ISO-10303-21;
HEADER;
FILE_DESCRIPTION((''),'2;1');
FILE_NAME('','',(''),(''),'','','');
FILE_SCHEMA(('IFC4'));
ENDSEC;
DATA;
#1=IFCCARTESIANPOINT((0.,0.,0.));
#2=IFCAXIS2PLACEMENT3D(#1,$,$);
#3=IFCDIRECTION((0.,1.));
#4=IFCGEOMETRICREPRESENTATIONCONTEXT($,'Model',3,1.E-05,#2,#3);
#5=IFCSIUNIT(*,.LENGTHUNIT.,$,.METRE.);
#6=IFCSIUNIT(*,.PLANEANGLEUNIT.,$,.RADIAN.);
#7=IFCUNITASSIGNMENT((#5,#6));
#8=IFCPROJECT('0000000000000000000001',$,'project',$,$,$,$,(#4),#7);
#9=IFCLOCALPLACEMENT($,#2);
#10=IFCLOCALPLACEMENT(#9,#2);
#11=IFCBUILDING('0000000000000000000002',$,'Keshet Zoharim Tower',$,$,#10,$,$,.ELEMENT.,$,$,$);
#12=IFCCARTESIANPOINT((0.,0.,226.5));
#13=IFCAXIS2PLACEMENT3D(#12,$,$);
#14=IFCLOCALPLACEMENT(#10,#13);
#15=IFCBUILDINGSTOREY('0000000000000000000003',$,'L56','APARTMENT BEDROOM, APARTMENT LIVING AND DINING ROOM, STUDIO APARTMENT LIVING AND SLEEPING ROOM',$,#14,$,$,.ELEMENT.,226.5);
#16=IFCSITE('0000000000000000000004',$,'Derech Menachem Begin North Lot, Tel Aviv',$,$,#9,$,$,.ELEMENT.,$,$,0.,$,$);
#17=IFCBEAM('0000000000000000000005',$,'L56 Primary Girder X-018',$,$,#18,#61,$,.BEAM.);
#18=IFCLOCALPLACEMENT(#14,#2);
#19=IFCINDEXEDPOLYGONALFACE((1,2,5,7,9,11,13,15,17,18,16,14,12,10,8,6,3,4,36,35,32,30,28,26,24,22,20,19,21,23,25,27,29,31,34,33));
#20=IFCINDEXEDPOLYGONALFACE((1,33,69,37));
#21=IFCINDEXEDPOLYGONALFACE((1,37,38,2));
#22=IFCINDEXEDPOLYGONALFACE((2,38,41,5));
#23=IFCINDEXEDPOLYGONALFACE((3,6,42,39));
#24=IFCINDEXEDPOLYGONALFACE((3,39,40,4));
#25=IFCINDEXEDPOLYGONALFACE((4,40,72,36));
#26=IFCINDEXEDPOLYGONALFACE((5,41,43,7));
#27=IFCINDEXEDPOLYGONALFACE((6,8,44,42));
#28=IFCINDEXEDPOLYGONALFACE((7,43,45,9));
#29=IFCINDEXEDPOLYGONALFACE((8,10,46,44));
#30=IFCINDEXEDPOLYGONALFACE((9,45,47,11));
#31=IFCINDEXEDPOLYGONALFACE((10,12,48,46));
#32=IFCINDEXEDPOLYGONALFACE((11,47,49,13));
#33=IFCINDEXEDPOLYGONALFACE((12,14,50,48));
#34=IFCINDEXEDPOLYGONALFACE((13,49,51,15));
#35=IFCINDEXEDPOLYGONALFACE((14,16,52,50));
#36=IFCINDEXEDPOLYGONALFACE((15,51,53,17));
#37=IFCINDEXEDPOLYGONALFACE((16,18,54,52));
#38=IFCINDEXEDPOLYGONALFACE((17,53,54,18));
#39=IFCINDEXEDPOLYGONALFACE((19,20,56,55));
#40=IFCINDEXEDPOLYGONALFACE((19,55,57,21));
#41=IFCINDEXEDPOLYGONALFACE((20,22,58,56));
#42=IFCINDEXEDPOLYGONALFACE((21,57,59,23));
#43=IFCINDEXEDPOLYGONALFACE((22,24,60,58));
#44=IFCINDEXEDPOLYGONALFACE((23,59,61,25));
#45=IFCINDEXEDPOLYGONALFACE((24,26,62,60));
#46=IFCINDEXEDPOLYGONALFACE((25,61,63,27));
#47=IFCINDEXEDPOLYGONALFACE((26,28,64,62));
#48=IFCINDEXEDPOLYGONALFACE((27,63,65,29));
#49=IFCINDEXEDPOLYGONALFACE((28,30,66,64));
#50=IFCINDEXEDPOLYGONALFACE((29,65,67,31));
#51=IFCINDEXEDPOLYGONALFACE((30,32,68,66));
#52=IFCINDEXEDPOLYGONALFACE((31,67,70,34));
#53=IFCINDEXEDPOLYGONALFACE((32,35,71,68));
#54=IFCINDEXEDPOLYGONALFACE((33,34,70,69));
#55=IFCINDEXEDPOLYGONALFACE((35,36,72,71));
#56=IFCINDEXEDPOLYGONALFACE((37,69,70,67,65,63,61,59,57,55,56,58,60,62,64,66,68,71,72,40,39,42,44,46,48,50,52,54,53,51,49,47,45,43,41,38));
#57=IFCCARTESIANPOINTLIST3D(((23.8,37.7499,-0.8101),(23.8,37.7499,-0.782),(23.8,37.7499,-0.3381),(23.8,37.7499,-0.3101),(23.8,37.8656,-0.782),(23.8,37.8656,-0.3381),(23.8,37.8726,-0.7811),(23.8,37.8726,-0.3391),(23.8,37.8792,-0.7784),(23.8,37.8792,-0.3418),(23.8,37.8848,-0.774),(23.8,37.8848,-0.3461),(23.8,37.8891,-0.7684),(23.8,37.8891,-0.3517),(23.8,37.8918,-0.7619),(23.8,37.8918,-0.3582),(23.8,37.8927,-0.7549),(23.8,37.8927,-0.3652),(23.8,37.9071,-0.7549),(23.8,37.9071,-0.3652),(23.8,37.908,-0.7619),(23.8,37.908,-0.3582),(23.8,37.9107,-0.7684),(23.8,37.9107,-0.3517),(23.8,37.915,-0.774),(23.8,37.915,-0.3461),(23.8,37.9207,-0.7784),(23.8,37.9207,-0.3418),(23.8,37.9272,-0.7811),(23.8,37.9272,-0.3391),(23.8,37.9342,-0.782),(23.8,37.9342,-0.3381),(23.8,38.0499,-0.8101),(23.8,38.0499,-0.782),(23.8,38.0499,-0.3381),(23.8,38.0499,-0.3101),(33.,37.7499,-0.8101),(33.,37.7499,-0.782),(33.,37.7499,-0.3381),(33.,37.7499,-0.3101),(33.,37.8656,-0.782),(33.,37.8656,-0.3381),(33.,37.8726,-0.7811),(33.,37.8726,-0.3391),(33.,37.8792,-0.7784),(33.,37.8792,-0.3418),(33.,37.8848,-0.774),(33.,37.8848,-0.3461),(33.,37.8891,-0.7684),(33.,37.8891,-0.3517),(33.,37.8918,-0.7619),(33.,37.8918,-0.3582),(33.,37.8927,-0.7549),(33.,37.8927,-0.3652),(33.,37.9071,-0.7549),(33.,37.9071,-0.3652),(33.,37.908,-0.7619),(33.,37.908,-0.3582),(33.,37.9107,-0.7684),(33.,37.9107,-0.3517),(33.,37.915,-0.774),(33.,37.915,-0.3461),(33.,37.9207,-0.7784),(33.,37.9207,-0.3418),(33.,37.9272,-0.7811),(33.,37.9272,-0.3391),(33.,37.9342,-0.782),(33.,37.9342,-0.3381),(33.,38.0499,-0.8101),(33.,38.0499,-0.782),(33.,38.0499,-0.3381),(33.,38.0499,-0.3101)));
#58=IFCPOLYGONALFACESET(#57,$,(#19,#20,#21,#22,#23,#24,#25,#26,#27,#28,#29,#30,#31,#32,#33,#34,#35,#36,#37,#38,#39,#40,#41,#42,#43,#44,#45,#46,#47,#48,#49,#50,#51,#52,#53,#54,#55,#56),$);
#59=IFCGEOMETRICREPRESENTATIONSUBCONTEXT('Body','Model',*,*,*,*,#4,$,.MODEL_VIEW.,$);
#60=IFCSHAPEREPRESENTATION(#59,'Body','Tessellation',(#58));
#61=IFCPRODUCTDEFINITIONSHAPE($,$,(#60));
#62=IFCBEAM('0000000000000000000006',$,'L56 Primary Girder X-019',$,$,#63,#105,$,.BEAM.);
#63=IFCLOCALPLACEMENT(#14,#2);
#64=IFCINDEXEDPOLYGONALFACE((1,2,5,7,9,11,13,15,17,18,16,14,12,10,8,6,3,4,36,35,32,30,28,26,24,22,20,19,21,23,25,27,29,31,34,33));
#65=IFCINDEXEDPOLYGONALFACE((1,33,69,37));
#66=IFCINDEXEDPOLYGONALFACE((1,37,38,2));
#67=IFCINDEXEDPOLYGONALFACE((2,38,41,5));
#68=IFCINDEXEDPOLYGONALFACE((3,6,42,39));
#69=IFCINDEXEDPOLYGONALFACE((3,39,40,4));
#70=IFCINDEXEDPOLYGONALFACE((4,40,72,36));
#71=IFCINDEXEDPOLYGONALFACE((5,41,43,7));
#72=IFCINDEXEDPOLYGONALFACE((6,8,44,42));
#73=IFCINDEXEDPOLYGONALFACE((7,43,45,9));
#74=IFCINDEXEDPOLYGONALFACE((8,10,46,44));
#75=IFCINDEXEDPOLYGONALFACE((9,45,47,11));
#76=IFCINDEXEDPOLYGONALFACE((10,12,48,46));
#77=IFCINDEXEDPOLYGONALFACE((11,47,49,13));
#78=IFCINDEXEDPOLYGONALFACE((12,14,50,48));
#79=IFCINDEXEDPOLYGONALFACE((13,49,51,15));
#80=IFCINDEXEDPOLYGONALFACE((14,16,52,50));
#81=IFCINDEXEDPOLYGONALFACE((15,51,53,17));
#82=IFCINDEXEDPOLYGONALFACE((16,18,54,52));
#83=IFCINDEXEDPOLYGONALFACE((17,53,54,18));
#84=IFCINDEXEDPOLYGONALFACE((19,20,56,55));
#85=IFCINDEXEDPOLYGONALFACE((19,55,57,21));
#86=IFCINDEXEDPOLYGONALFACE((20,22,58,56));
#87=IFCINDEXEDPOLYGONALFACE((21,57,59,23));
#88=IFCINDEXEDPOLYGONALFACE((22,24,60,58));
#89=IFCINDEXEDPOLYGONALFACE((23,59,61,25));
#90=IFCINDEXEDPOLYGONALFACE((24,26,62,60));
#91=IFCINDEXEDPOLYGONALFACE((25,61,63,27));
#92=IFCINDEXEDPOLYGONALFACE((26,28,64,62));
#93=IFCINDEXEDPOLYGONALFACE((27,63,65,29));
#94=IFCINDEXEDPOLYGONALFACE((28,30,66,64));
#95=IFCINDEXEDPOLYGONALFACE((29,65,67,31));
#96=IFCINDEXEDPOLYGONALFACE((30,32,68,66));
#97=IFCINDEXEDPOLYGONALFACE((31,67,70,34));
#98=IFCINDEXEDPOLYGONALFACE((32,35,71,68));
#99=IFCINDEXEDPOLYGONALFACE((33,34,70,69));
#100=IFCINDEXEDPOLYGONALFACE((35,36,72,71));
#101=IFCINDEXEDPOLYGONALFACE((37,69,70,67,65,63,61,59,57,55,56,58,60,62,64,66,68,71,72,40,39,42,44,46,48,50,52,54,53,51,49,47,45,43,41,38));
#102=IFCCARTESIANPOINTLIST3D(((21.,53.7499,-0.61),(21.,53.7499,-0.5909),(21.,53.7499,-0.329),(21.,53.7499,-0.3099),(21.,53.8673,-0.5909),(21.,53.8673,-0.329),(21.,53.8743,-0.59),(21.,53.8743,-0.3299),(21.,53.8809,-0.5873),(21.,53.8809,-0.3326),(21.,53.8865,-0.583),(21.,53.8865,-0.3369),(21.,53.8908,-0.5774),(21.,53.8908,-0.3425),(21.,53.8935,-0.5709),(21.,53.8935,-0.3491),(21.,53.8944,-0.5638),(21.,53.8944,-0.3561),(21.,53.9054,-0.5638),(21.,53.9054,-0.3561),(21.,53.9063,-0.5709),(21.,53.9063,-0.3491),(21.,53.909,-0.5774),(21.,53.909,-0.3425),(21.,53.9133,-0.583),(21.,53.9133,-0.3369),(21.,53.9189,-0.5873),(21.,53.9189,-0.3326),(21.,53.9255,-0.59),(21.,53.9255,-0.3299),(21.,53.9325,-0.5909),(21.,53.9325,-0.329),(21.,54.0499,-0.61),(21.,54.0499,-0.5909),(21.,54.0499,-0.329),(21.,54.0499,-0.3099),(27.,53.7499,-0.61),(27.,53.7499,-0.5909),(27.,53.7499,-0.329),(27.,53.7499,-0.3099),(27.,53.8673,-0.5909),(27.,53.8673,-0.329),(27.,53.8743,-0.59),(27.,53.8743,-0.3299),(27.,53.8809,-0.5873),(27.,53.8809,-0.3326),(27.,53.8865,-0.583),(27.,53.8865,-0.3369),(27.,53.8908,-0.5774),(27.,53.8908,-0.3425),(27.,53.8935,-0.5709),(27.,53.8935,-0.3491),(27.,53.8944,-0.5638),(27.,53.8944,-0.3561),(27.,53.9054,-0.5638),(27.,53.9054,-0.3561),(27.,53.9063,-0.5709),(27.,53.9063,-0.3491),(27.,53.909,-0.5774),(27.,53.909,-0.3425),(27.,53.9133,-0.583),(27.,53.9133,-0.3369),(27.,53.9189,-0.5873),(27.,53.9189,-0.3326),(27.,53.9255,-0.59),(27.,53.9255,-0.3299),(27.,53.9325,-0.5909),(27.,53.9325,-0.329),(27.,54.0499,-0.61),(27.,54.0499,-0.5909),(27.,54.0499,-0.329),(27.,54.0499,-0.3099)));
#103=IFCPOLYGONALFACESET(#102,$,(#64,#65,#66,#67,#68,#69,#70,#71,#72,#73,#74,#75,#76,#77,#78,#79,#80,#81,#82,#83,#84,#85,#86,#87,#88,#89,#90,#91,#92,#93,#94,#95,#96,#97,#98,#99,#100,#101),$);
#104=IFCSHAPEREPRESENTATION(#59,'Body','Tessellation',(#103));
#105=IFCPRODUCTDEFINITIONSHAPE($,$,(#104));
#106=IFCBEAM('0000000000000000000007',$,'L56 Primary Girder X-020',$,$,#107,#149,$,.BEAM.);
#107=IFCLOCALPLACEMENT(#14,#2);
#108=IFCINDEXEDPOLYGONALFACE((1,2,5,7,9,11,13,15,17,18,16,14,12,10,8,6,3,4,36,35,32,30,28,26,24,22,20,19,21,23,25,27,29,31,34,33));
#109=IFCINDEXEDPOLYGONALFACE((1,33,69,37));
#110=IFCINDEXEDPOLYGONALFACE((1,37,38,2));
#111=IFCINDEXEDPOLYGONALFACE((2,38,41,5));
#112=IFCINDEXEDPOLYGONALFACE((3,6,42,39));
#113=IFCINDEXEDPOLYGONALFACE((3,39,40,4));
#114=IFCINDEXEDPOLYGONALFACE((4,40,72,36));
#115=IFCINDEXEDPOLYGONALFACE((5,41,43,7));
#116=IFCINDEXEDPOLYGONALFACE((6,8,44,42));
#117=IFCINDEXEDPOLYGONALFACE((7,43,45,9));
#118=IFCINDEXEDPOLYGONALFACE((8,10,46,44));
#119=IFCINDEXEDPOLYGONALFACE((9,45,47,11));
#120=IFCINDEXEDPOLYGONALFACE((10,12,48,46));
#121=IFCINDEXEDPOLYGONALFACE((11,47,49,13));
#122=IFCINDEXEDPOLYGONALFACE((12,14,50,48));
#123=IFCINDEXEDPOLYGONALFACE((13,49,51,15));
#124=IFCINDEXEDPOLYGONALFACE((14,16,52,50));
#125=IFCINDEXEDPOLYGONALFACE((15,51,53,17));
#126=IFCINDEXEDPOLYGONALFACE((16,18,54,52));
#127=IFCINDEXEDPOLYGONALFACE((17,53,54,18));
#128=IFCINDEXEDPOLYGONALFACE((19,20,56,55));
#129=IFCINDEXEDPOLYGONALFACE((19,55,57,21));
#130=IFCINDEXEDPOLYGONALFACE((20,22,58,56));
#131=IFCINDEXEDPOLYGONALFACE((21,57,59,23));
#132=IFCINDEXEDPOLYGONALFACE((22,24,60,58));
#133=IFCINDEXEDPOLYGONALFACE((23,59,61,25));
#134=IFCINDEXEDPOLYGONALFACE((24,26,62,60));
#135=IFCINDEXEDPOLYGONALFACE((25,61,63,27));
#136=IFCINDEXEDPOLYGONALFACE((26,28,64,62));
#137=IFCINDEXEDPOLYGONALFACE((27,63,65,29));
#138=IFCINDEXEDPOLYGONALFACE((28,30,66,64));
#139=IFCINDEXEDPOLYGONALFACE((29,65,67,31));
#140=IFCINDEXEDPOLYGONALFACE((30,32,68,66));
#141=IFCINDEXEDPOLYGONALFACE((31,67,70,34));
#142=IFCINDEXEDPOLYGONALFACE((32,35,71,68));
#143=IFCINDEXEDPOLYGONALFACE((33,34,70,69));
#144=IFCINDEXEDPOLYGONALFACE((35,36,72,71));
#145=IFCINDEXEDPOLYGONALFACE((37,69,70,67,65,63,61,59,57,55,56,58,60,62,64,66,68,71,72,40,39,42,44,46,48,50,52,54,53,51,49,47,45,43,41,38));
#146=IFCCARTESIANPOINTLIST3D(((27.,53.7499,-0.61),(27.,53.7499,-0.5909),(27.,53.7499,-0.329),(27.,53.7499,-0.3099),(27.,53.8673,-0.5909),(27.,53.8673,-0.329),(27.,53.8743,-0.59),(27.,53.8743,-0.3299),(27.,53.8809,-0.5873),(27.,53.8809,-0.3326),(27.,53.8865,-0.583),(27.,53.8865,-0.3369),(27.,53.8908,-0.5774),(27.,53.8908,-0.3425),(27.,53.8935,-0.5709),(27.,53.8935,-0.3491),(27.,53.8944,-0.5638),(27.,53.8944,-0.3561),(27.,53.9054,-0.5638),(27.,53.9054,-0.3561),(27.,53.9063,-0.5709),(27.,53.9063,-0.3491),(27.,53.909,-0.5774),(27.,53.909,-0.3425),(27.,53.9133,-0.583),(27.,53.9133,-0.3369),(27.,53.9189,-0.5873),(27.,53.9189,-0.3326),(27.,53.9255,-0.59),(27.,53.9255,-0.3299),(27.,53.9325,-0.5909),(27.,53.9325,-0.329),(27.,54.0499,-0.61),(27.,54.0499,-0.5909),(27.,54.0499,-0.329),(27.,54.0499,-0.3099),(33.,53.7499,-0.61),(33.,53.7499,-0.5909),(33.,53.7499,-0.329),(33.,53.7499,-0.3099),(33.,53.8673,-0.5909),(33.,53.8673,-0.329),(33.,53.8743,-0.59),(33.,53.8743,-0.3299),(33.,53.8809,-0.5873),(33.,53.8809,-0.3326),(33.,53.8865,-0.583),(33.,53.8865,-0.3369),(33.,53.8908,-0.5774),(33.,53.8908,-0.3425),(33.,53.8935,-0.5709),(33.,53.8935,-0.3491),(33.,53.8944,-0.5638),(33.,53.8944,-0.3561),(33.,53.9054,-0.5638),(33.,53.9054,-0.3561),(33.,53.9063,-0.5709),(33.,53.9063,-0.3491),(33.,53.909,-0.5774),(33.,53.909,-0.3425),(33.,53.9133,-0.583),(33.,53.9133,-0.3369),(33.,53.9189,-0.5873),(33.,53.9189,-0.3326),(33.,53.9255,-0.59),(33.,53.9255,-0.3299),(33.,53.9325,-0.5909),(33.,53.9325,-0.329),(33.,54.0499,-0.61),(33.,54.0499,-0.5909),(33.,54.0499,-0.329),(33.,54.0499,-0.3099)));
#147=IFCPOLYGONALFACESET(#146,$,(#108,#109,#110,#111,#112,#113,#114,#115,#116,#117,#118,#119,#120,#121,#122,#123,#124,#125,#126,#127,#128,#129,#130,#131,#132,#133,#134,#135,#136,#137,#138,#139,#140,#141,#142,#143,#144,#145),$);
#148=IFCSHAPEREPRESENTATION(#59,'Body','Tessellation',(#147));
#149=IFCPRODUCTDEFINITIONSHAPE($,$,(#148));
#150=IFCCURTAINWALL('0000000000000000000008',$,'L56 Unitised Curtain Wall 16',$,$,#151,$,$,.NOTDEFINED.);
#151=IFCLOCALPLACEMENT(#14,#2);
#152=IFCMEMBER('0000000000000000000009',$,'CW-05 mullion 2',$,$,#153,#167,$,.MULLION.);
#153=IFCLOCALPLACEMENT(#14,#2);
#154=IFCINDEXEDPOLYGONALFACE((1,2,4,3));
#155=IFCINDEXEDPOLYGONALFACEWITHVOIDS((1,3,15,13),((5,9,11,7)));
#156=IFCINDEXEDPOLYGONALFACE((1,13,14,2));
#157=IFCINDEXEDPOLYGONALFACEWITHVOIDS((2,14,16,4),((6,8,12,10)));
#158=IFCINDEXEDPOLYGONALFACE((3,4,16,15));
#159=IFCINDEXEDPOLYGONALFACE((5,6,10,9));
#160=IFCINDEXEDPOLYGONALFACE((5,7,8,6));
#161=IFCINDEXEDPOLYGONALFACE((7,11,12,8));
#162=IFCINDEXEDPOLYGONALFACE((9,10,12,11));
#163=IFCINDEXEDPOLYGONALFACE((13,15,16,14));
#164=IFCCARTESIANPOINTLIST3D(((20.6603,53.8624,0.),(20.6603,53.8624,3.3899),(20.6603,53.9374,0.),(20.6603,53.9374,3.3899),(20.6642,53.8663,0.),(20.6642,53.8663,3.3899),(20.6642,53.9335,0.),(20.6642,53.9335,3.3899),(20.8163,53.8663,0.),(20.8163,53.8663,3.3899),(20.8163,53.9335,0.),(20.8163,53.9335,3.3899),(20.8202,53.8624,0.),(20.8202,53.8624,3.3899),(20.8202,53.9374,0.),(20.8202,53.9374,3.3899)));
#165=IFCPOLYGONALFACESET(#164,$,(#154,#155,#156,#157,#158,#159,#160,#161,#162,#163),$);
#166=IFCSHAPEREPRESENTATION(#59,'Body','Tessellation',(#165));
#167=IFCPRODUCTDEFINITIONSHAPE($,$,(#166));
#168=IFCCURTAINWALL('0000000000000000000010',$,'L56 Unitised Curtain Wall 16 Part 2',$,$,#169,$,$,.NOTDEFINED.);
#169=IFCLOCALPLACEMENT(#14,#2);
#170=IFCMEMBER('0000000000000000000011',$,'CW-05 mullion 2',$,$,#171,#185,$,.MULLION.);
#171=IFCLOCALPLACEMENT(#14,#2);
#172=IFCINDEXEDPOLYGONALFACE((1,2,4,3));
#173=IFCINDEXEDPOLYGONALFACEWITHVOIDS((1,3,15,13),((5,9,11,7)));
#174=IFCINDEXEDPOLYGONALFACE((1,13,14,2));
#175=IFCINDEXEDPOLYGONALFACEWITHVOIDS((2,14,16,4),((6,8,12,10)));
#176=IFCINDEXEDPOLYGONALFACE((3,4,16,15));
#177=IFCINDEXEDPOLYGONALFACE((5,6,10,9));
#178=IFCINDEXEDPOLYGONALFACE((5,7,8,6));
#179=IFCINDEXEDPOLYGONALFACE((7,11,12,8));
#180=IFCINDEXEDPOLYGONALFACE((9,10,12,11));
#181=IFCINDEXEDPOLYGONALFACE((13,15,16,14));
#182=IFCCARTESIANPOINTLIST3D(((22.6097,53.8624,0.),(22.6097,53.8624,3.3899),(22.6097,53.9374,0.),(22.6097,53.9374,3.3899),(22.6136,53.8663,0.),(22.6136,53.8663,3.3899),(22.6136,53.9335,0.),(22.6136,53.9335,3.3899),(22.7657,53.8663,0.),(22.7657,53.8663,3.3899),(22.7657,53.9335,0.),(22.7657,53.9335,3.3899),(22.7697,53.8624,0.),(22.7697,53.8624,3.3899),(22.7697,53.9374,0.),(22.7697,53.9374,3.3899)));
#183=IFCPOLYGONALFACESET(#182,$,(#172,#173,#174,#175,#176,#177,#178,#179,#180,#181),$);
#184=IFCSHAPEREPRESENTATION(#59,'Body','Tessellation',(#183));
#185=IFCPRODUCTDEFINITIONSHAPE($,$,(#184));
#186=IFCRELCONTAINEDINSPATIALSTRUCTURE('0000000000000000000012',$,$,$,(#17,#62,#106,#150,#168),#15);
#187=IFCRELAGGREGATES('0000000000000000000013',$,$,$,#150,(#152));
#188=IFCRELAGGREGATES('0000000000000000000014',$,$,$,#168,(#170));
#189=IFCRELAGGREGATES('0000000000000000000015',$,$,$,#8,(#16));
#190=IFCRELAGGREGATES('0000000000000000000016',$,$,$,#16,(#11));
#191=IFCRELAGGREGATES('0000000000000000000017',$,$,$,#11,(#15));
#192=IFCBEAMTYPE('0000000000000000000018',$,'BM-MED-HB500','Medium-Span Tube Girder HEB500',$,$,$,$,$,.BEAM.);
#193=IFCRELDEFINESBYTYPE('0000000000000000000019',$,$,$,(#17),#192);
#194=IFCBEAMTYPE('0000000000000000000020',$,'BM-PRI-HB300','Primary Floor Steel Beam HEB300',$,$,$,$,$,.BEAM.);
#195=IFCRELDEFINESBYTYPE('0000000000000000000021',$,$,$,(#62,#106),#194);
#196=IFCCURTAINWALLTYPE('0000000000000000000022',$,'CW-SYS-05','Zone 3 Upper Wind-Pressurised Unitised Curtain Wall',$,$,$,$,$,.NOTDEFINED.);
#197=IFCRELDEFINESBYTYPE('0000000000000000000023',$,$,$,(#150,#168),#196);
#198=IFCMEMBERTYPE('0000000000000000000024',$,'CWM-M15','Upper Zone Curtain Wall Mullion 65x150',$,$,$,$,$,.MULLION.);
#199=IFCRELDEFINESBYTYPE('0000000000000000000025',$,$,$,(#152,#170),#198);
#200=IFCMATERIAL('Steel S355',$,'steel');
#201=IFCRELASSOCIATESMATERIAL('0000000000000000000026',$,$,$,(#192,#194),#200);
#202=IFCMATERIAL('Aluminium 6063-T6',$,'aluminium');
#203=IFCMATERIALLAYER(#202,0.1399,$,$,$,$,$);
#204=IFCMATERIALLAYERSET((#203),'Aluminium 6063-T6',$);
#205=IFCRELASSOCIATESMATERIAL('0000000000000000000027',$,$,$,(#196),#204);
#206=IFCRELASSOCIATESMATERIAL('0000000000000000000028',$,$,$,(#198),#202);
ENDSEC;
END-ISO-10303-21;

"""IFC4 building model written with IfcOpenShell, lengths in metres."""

from ifc_helpers import new_model, si_unit, direction, frame, origin, origin_2d, place, context, subcontext, project, spatial, hollow_rectangle, i_section, extrude, material, layer, layer_set, material_profile, profile_set, type_object, element, aggregate, save


model = new_model("IFC4")

# Units and contexts
model_context = context("Model", 3, precision=1e-05, world=origin(), true_north=direction((0.0, 1.0)))
body_context = subcontext(model_context, "Body", "Model", "MODEL_VIEW")
ifc_project = project(units=[si_unit("LENGTHUNIT", "METRE"), si_unit("PLANEANGLEUNIT", "RADIAN")], contexts=[model_context])

# Site, building, storey
site_placement = place(None, origin())
site = spatial("IfcSite", under=ifc_project, at=site_placement, Name="Derech Menachem Begin North Lot, Tel Aviv", CompositionType="ELEMENT", RefElevation=0.0)
building_placement = place(site_placement, origin())
building = spatial("IfcBuilding", under=site, at=building_placement, Name="Keshet Zoharim Tower", CompositionType="ELEMENT")
storey_placement = place(building_placement, frame((0.0, 0.0, 226.5)))
storey = spatial("IfcBuildingStorey", under=building, at=storey_placement, Name="L56", Description="APARTMENT BEDROOM, APARTMENT LIVING AND DINING ROOM, STUDIO APARTMENT LIVING AND SLEEPING ROOM", CompositionType="ELEMENT", Elevation=226.5)

# Shared definitions
ifc_material_1 = material(Name="Steel S355", Category="steel")

# Beams
ifc_material_profile_1 = material_profile(ifc_material_1, i_section(OverallWidth=0.3, OverallDepth=0.5, WebThickness=0.0144, FlangeThickness=0.0281, FilletRadius=0.0271, at=origin_2d()), Name="HEB500")
ifc_profile_set_1 = profile_set([ifc_material_profile_1], Name="Steel S355")
beam_type_1 = type_object("IfcBeamType", Name="BM-MED-HB500", Description="Medium-Span Tube Girder HEB500", PredefinedType="BEAM", material=ifc_profile_set_1)
beam_placement = place(storey_placement, frame((23.8, 37.8999, -0.5601), z_axis=(1.0, 0.0, 0.0), x_axis=(0.0, 1.0, 0.0)))
element("IfcBeam", 1, at=beam_placement, inside=storey, type_object=beam_type_1, Name="L56 Primary Girder X-018", PredefinedType="BEAM", context=body_context, shape_type="SweptSolid", body=[
    extrude(i_section(OverallWidth=0.3, OverallDepth=0.5, WebThickness=0.0144, FlangeThickness=0.0281, FilletRadius=0.0271, at=origin_2d()), origin(), (0.0, 0.0, 1.0), 9.2),
])
ifc_material_profile_2 = material_profile(ifc_material_1, i_section(OverallWidth=0.3, OverallDepth=0.3, WebThickness=0.011, FlangeThickness=0.019, FilletRadius=0.0271, at=origin_2d()), Name="HEB300")
ifc_profile_set_2 = profile_set([ifc_material_profile_2], Name="Steel S355")
beam_type_2 = type_object("IfcBeamType", Name="BM-PRI-HB300", Description="Primary Floor Steel Beam HEB300", PredefinedType="BEAM", material=ifc_profile_set_2)
for number, where, z_axis, x_axis, name in (
    (2, (21.0, 53.8999, -0.46), (1.0, 0.0, 0.0), (0.0, 1.0, 0.0), "L56 Primary Girder X-019"),
    (3, (27.0, 53.8999, -0.46), (1.0, 0.0, 0.0), (0.0, 1.0, 0.0), "L56 Primary Girder X-020"),
):
    element("IfcBeam", number, at=place(storey_placement, frame(where, z_axis=z_axis, x_axis=x_axis)), inside=storey, type_object=beam_type_2, Name=name, PredefinedType="BEAM", context=body_context, shape_type="SweptSolid", body=[
        extrude(i_section(OverallWidth=0.3, OverallDepth=0.3, WebThickness=0.011, FlangeThickness=0.019, FilletRadius=0.0271, at=origin_2d()), origin(), (0.0, 0.0, 1.0), 6.0),
    ])

# Curtain wall, member
ifc_material_2 = material(Name="Aluminium 6063-T6", Category="aluminium")
ifc_layer_1 = layer(ifc_material_2, 0.1399)
ifc_layer_set_1 = layer_set([ifc_layer_1], Name="Aluminium 6063-T6")
curtain_wall_type = type_object("IfcCurtainWallType", Name="CW-SYS-05", Description="Zone 3 Upper Wind-Pressurised Unitised Curtain Wall", PredefinedType="NOTDEFINED", material=ifc_layer_set_1)
curtain_wall_1_placement = place(storey_placement, origin())
curtain_wall_1 = element("IfcCurtainWall", 4, at=curtain_wall_1_placement, inside=storey, type_object=curtain_wall_type, Name="L56 Unitised Curtain Wall 16", PredefinedType="NOTDEFINED")
ifc_material_profile_3 = material_profile(ifc_material_2, hollow_rectangle(XDim=0.075, YDim=0.1599, WallThickness=0.0039, at=origin_2d()), Name="MUL-75x160")
ifc_profile_set_3 = profile_set([ifc_material_profile_3], Name="Aluminium 6063-T6")
member_type_1 = type_object("IfcMemberType", Name="CWM-M15", Description="Upper Zone Curtain Wall Mullion 65x150", PredefinedType="MULLION", material=ifc_profile_set_3)
member_1_placement = place(storey_placement, frame((20.7402, 53.8999, 0.0), z_axis=(0.0, 0.0, 1.0), x_axis=(0.0, 1.0, 0.0)))
member_1 = element("IfcMember", 5, at=member_1_placement, type_object=member_type_1, Name="CW-05 mullion 2", PredefinedType="MULLION", context=body_context, shape_type="SweptSolid", body=[
    extrude(hollow_rectangle(XDim=0.075, YDim=0.1599, WallThickness=0.0039, at=origin_2d()), origin(), (0.0, 0.0, 1.0), 3.3899),
])

# Curtain wall, member
curtain_wall_2_placement = place(storey_placement, origin())
curtain_wall_2 = element("IfcCurtainWall", 6, at=curtain_wall_2_placement, inside=storey, type_object=curtain_wall_type, Name="L56 Unitised Curtain Wall 16 Part 2", PredefinedType="NOTDEFINED")
member_2_placement = place(storey_placement, frame((22.6897, 53.8999, 0.0), z_axis=(0.0, 0.0, 1.0), x_axis=(0.0, 1.0, 0.0)))
member_2 = element("IfcMember", 7, at=member_2_placement, type_object=member_type_1, Name="CW-05 mullion 2", PredefinedType="MULLION", context=body_context, shape_type="SweptSolid", body=[
    extrude(hollow_rectangle(XDim=0.075, YDim=0.1599, WallThickness=0.0039, at=origin_2d()), origin(), (0.0, 0.0, 1.0), 3.3899),
])

aggregate(curtain_wall_1, [member_1])
aggregate(curtain_wall_2, [member_2])

save(model, "model.ifc")
